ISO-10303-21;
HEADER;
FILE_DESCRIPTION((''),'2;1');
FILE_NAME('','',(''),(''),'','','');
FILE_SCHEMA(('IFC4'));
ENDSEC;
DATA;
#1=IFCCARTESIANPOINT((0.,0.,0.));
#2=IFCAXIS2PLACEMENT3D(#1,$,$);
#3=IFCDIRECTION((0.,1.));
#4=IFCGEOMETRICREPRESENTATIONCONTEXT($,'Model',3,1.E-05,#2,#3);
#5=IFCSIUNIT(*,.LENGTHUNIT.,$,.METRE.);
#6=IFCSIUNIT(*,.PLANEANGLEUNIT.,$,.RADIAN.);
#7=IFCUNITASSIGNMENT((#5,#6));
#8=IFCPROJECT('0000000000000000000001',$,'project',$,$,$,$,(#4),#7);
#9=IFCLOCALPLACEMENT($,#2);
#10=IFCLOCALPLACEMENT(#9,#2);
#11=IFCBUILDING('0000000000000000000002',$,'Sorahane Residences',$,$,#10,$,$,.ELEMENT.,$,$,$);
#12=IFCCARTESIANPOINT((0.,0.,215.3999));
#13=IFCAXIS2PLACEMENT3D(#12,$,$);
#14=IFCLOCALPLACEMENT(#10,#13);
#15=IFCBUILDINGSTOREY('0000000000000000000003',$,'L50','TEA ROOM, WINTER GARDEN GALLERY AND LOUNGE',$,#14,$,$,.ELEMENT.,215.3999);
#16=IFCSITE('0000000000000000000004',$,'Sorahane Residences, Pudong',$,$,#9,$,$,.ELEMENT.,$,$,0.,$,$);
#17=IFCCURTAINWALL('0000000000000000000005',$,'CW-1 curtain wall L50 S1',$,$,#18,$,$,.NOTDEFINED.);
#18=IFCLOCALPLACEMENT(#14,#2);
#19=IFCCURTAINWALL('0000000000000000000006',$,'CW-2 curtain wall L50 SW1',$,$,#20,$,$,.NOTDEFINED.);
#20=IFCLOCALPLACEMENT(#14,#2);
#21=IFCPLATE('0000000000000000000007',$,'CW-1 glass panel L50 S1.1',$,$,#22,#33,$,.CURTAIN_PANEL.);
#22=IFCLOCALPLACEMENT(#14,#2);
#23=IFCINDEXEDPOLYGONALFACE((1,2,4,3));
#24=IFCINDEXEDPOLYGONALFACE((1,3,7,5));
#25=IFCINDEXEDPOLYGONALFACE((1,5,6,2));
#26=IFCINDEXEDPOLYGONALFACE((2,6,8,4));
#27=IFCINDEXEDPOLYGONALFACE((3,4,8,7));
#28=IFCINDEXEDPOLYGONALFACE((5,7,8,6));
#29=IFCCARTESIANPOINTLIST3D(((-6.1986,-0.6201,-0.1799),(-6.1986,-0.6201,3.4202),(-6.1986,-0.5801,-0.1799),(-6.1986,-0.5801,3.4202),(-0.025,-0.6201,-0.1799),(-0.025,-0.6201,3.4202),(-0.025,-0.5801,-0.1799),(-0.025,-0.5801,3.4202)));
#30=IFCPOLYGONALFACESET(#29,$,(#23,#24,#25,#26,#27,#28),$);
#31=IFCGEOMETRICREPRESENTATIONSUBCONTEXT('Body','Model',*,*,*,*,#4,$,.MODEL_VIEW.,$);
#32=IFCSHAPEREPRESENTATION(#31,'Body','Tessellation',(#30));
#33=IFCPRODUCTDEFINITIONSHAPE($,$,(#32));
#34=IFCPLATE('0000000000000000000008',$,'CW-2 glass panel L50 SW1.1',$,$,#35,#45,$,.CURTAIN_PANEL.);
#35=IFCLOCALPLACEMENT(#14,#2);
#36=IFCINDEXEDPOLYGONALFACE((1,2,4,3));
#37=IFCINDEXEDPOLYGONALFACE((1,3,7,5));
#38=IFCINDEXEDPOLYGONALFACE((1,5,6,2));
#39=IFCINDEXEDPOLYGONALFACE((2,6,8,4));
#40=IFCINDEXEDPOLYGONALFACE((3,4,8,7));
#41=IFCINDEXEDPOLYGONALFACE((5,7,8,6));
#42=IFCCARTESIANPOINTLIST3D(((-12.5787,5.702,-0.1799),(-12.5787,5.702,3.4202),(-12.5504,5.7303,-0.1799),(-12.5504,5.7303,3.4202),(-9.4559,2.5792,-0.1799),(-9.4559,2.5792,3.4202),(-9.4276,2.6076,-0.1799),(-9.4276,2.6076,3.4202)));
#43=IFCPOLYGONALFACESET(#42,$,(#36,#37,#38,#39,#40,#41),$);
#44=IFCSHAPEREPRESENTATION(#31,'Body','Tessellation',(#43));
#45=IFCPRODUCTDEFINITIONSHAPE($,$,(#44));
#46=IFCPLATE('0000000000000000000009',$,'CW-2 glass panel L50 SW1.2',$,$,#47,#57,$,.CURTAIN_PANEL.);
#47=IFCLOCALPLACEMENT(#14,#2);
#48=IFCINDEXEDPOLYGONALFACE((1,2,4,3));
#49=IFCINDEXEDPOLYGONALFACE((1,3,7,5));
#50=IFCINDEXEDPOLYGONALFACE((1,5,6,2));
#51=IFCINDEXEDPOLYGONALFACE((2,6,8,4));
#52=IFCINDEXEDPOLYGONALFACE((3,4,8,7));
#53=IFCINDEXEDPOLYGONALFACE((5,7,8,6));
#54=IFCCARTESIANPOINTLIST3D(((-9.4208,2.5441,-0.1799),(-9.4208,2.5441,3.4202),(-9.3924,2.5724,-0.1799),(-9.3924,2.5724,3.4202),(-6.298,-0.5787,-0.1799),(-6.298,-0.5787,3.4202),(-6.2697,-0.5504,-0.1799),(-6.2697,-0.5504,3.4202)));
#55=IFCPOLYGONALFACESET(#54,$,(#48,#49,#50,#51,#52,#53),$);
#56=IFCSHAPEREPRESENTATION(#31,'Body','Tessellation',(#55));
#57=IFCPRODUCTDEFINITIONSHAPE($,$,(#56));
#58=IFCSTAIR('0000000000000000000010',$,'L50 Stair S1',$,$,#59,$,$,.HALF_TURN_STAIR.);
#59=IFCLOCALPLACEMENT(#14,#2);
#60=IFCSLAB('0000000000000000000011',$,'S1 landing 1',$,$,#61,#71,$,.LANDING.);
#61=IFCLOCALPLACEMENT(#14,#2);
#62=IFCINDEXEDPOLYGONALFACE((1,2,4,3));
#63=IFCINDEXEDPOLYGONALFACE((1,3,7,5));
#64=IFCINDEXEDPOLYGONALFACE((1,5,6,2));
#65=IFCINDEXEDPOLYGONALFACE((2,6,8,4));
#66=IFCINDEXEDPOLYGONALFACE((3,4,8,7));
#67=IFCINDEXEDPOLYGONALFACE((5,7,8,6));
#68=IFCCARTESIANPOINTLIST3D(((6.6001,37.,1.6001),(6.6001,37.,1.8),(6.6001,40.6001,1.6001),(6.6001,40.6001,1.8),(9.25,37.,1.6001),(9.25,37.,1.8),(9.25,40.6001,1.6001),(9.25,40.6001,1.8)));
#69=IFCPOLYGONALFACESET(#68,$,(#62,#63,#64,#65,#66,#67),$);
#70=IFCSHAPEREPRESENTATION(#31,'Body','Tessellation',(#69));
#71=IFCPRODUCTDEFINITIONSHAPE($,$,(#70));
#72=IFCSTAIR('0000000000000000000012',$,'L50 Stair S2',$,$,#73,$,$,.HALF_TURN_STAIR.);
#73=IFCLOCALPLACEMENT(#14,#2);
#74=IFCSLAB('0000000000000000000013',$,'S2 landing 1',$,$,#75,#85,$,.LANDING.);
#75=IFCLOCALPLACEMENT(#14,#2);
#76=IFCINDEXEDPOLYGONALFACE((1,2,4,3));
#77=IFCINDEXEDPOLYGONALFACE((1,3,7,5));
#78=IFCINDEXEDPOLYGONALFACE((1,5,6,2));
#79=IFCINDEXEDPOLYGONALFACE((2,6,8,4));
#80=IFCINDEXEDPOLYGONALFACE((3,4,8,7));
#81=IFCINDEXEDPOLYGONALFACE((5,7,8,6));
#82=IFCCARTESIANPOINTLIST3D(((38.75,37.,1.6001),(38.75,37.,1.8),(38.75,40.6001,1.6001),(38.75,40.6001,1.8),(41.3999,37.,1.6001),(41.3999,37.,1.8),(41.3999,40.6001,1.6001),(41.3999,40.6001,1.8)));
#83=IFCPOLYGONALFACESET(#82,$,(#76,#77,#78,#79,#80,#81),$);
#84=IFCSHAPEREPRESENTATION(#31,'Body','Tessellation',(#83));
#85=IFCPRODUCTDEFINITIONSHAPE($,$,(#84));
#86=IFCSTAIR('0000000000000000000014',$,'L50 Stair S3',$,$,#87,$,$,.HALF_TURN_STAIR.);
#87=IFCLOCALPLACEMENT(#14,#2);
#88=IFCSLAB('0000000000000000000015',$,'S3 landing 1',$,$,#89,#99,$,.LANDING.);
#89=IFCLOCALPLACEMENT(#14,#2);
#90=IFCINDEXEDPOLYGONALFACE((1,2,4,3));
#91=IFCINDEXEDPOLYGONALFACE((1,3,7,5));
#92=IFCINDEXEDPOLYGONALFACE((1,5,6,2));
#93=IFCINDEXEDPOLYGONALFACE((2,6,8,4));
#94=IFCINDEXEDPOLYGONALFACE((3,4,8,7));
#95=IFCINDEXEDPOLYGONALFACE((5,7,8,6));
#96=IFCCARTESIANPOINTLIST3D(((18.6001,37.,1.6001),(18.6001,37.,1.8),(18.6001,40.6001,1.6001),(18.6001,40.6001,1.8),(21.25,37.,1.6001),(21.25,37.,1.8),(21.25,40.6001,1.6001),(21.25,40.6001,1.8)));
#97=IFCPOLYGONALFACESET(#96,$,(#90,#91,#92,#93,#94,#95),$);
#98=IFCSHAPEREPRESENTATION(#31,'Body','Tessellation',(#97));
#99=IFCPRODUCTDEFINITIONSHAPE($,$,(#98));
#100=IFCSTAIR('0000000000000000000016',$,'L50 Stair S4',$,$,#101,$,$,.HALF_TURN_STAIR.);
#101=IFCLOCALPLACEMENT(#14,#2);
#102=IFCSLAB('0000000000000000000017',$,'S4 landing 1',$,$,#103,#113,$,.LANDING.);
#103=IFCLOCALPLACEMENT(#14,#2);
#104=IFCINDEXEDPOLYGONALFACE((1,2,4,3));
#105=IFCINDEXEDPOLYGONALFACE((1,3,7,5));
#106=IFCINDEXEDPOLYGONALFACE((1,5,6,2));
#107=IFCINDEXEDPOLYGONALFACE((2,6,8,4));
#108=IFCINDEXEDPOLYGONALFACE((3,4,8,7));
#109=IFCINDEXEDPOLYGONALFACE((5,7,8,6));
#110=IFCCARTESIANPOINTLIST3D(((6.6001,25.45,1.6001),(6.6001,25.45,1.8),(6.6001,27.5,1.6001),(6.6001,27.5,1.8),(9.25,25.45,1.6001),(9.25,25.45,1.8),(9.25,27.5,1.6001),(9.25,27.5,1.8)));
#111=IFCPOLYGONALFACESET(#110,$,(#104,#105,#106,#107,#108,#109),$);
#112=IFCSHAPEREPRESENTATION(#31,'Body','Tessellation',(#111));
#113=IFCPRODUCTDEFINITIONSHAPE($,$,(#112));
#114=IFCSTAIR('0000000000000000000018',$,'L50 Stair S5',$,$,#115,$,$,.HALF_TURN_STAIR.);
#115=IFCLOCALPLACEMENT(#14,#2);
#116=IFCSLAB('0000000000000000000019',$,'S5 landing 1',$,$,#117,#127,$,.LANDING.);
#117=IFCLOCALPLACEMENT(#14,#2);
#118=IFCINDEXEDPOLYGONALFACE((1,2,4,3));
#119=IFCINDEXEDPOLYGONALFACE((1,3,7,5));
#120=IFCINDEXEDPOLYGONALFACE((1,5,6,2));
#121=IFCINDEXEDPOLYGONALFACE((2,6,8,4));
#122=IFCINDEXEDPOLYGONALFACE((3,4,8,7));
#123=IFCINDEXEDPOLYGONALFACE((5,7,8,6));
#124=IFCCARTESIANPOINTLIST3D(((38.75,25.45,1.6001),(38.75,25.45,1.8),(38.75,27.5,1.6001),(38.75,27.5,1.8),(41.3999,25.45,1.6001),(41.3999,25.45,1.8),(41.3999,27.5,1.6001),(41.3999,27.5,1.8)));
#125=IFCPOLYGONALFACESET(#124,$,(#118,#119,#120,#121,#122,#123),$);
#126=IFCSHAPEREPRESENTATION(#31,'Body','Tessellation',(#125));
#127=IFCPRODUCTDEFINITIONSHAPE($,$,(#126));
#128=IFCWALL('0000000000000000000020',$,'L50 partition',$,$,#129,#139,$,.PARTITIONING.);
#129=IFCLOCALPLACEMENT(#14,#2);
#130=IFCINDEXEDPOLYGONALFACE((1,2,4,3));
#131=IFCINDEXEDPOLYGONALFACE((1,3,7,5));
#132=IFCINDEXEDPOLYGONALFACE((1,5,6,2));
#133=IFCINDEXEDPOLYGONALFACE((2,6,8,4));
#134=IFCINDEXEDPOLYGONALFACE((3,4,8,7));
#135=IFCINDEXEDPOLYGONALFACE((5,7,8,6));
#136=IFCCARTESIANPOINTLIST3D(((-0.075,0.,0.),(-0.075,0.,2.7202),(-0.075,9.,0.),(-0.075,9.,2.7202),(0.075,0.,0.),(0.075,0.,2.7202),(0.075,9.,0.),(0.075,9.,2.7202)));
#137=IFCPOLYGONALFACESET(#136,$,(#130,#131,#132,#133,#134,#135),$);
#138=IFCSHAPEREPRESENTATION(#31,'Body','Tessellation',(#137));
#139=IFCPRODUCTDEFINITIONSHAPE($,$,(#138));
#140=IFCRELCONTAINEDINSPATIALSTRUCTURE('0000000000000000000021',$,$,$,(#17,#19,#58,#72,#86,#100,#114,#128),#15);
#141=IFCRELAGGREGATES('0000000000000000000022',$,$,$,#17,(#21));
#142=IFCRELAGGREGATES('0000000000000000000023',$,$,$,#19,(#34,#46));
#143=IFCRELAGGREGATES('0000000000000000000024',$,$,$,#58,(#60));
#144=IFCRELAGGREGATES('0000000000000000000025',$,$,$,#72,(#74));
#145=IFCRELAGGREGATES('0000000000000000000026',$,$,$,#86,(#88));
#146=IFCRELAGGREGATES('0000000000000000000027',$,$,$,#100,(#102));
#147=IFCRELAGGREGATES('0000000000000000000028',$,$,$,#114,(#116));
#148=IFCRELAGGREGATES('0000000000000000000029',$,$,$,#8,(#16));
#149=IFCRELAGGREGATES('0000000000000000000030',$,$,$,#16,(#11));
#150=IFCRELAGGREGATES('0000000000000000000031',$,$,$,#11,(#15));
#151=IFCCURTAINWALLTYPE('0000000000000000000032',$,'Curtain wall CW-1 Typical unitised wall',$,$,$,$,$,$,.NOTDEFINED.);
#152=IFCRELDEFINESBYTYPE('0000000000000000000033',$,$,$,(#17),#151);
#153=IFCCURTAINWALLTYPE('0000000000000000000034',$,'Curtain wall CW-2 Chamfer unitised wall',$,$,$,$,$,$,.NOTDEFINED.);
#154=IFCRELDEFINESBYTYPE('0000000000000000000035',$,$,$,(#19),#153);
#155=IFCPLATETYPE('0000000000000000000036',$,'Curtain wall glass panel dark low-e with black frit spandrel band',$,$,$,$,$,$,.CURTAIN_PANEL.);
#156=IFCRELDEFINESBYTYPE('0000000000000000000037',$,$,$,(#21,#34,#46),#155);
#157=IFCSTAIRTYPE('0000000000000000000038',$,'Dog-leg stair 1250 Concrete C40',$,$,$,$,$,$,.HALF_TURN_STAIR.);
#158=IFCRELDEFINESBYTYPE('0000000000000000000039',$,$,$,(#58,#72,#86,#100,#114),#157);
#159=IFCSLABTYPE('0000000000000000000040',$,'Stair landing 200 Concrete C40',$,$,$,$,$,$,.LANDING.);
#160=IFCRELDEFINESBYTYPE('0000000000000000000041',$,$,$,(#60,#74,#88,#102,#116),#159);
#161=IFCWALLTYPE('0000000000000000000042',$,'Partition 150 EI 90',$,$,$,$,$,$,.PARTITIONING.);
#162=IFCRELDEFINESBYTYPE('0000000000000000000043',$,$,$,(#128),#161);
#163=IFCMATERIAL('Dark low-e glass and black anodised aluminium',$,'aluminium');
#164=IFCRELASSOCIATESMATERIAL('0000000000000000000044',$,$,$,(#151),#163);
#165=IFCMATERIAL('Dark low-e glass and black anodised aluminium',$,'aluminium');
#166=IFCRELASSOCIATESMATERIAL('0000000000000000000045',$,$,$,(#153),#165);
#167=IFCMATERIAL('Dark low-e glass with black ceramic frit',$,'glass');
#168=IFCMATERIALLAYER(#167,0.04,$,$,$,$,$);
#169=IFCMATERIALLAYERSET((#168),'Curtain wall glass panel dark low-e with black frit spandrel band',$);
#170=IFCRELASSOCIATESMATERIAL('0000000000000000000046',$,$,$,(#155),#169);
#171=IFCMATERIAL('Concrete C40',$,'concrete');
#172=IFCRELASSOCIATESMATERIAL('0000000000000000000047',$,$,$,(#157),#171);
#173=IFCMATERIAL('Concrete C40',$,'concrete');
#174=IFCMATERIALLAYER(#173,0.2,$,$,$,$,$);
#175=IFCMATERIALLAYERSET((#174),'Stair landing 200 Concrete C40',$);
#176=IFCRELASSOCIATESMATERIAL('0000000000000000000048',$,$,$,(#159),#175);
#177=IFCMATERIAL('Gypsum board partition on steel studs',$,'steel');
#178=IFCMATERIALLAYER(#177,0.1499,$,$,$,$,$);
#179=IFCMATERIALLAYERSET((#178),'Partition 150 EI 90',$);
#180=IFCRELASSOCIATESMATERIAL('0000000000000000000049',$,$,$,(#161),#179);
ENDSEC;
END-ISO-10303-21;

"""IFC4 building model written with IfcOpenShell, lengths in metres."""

from ifc_helpers import new_model, si_unit, direction, frame, frame_2d, origin, origin_2d, place, context, subcontext, project, spatial, polyline, rectangle, outline, extrude, material, layer, layer_set, type_object, element, aggregate, save


model = new_model("IFC4")

# Units and contexts
model_context = context("Model", 3, precision=1e-05, world=origin(), true_north=direction((0.0, 1.0)))
body_context = subcontext(model_context, "Body", "Model", "MODEL_VIEW")
ifc_project = project(units=[si_unit("LENGTHUNIT", "METRE"), si_unit("PLANEANGLEUNIT", "RADIAN")], contexts=[model_context])

# Site, building, storey
site_placement = place(None, origin())
site = spatial("IfcSite", under=ifc_project, at=site_placement, Name="Sorahane Residences, Pudong", CompositionType="ELEMENT", RefElevation=0.0)
building_placement = place(site_placement, origin())
building = spatial("IfcBuilding", under=site, at=building_placement, Name="Sorahane Residences", CompositionType="ELEMENT")
storey_placement = place(building_placement, frame((0.0, 0.0, 215.3999)))
storey = spatial("IfcBuildingStorey", under=building, at=storey_placement, Name="L50", Description="TEA ROOM, WINTER GARDEN GALLERY AND LOUNGE", CompositionType="ELEMENT", Elevation=215.3999)

# Curtain wall
ifc_material_1 = material(Name="Dark low-e glass and black anodised aluminium", Category="aluminium")
curtain_wall_type_1 = type_object("IfcCurtainWallType", Name="Curtain wall CW-1 Typical unitised wall", PredefinedType="NOTDEFINED", material=ifc_material_1)
curtain_wall_1_placement = place(storey_placement, origin())
curtain_wall_1 = element("IfcCurtainWall", 1, at=curtain_wall_1_placement, inside=storey, type_object=curtain_wall_type_1, Name="CW-1 curtain wall L50 S1", PredefinedType="NOTDEFINED")

# Curtain wall
ifc_material_2 = material(Name="Dark low-e glass and black anodised aluminium", Category="aluminium")
curtain_wall_type_2 = type_object("IfcCurtainWallType", Name="Curtain wall CW-2 Chamfer unitised wall", PredefinedType="NOTDEFINED", material=ifc_material_2)
curtain_wall_2_placement = place(storey_placement, origin())
curtain_wall_2 = element("IfcCurtainWall", 2, at=curtain_wall_2_placement, inside=storey, type_object=curtain_wall_type_2, Name="CW-2 curtain wall L50 SW1", PredefinedType="NOTDEFINED")

# Plates
ifc_material_3 = material(Name="Dark low-e glass with black ceramic frit", Category="glass")
ifc_layer_1 = layer(ifc_material_3, 0.04)
ifc_layer_set_1 = layer_set([ifc_layer_1], Name="Curtain wall glass panel dark low-e with black frit spandrel band")
plate_type = type_object("IfcPlateType", Name="Curtain wall glass panel dark low-e with black frit spandrel band", PredefinedType="CURTAIN_PANEL", material=ifc_layer_set_1)
plate_1_placement = place(storey_placement, frame((-3.1118, -0.6001, -0.1799), z_axis=(0.0, 0.0, 1.0), x_axis=(1.0, 0.0, 0.0)))
plate_1 = element("IfcPlate", 3, at=plate_1_placement, type_object=plate_type, Name="CW-1 glass panel L50 S1.1", PredefinedType="CURTAIN_PANEL", context=body_context, shape_type="SweptSolid", body=[
    extrude(rectangle(XDim=6.1736, YDim=0.04, at=origin_2d()), origin(), (0.0, 0.0, 1.0), 3.6001),
])
aggregate(curtain_wall_1, [plate_1])
plate_2_placement = place(storey_placement, frame((-11.0032, 4.1548, -0.1799), z_axis=(0.0, 0.0, 1.0), x_axis=(0.707107, -0.707107, 0.0)))
plate_2 = element("IfcPlate", 4, at=plate_2_placement, type_object=plate_type, Name="CW-2 glass panel L50 SW1.1", PredefinedType="CURTAIN_PANEL", context=body_context, shape_type="SweptSolid", body=[
    extrude(rectangle(XDim=4.4163, YDim=0.04, at=origin_2d()), origin(), (0.0, 0.0, 1.0), 3.6001),
])
plate_3_placement = place(storey_placement, frame((-7.8452, 0.9968, -0.1799), z_axis=(0.0, 0.0, 1.0), x_axis=(0.707107, -0.707107, 0.0)))
plate_3 = element("IfcPlate", 5, at=plate_3_placement, type_object=plate_type, Name="CW-2 glass panel L50 SW1.2", PredefinedType="CURTAIN_PANEL", context=body_context, shape_type="SweptSolid", body=[
    extrude(rectangle(XDim=4.4163, YDim=0.04, at=origin_2d()), origin(), (0.0, 0.0, 1.0), 3.6001),
])
aggregate(curtain_wall_2, [plate_2, plate_3])

# Stairs, slabs
ifc_material_4 = material(Name="Concrete C40", Category="concrete")
stair_type = type_object("IfcStairType", Name="Dog-leg stair 1250 Concrete C40", PredefinedType="HALF_TURN_STAIR", material=ifc_material_4)
stair_1_placement = place(storey_placement, origin())
stair_1 = element("IfcStair", 6, at=stair_1_placement, inside=storey, type_object=stair_type, Name="L50 Stair S1", PredefinedType="HALF_TURN_STAIR")
ifc_material_5 = material(Name="Concrete C40", Category="concrete")
ifc_layer_2 = layer(ifc_material_5, 0.2)
ifc_layer_set_2 = layer_set([ifc_layer_2], Name="Stair landing 200 Concrete C40")
slab_type_1 = type_object("IfcSlabType", Name="Stair landing 200 Concrete C40", PredefinedType="LANDING", material=ifc_layer_set_2)
slab_1_placement = place(storey_placement, frame((0.0, 0.0, 1.6001)))
slab_1 = element("IfcSlab", 7, at=slab_1_placement, type_object=slab_type_1, Name="S1 landing 1", PredefinedType="LANDING", context=body_context, shape_type="SweptSolid", body=[
    extrude(outline(polyline([(6.6001, 40.6001), (6.6001, 37.0), (9.25, 37.0), (9.25, 40.6001), (6.6001, 40.6001)])), origin(), (0.0, 0.0, 1.0), 0.2),
])
aggregate(stair_1, [slab_1])
stair_2_placement = place(storey_placement, origin())
stair_2 = element("IfcStair", 8, at=stair_2_placement, inside=storey, type_object=stair_type, Name="L50 Stair S2", PredefinedType="HALF_TURN_STAIR")
slab_2_placement = place(storey_placement, frame((0.0, 0.0, 1.6001)))
slab_2 = element("IfcSlab", 9, at=slab_2_placement, type_object=slab_type_1, Name="S2 landing 1", PredefinedType="LANDING", context=body_context, shape_type="SweptSolid", body=[
    extrude(outline(polyline([(38.75, 40.6001), (38.75, 37.0), (41.3999, 37.0), (41.3999, 40.6001), (38.75, 40.6001)])), origin(), (0.0, 0.0, 1.0), 0.2),
])
aggregate(stair_2, [slab_2])
stair_3_placement = place(storey_placement, origin())
stair_3 = element("IfcStair", 10, at=stair_3_placement, inside=storey, type_object=stair_type, Name="L50 Stair S3", PredefinedType="HALF_TURN_STAIR")
slab_3_placement = place(storey_placement, frame((0.0, 0.0, 1.6001)))
slab_3 = element("IfcSlab", 11, at=slab_3_placement, type_object=slab_type_1, Name="S3 landing 1", PredefinedType="LANDING", context=body_context, shape_type="SweptSolid", body=[
    extrude(outline(polyline([(18.6001, 40.6001), (18.6001, 37.0), (21.25, 37.0), (21.25, 40.6001), (18.6001, 40.6001)])), origin(), (0.0, 0.0, 1.0), 0.2),
])
aggregate(stair_3, [slab_3])
stair_4_placement = place(storey_placement, origin())
stair_4 = element("IfcStair", 12, at=stair_4_placement, inside=storey, type_object=stair_type, Name="L50 Stair S4", PredefinedType="HALF_TURN_STAIR")
slab_4_placement = place(storey_placement, frame((0.0, 0.0, 1.6001)))
slab_4 = element("IfcSlab", 13, at=slab_4_placement, type_object=slab_type_1, Name="S4 landing 1", PredefinedType="LANDING", context=body_context, shape_type="SweptSolid", body=[
    extrude(outline(polyline([(9.25, 25.45), (9.25, 27.5), (6.6001, 27.5), (6.6001, 25.45), (9.25, 25.45)])), origin(), (0.0, 0.0, 1.0), 0.2),
])
aggregate(stair_4, [slab_4])
stair_5_placement = place(storey_placement, origin())
stair_5 = element("IfcStair", 14, at=stair_5_placement, inside=storey, type_object=stair_type, Name="L50 Stair S5", PredefinedType="HALF_TURN_STAIR")
slab_5_placement = place(storey_placement, frame((0.0, 0.0, 1.6001)))
slab_5 = element("IfcSlab", 15, at=slab_5_placement, type_object=slab_type_1, Name="S5 landing 1", PredefinedType="LANDING", context=body_context, shape_type="SweptSolid", body=[
    extrude(outline(polyline([(41.3999, 25.45), (41.3999, 27.5), (38.75, 27.5), (38.75, 25.45), (41.3999, 25.45)])), origin(), (0.0, 0.0, 1.0), 0.2),
])
aggregate(stair_5, [slab_5])

# Wall
ifc_material_6 = material(Name="Gypsum board partition on steel studs", Category="steel")
ifc_layer_3 = layer(ifc_material_6, 0.1499)
ifc_layer_set_3 = layer_set([ifc_layer_3], Name="Partition 150 EI 90")
wall_type = type_object("IfcWallType", Name="Partition 150 EI 90", PredefinedType="PARTITIONING", material=ifc_layer_set_3)
wall_1_placement = place(storey_placement, frame((0.0, 0.0, 0.0), z_axis=(0.0, 0.0, 1.0), x_axis=(0.0, 1.0, 0.0)))
element("IfcWall", 16, at=wall_1_placement, inside=storey, type_object=wall_type, Name="L50 partition", PredefinedType="PARTITIONING", context=body_context, shape_type="SweptSolid", body=[
    extrude(rectangle(XDim=9.0, YDim=0.1499, at=frame_2d((4.5, 0.0))), origin(), (0.0, 0.0, 1.0), 2.7202),
])

save(model, "model.ifc")
